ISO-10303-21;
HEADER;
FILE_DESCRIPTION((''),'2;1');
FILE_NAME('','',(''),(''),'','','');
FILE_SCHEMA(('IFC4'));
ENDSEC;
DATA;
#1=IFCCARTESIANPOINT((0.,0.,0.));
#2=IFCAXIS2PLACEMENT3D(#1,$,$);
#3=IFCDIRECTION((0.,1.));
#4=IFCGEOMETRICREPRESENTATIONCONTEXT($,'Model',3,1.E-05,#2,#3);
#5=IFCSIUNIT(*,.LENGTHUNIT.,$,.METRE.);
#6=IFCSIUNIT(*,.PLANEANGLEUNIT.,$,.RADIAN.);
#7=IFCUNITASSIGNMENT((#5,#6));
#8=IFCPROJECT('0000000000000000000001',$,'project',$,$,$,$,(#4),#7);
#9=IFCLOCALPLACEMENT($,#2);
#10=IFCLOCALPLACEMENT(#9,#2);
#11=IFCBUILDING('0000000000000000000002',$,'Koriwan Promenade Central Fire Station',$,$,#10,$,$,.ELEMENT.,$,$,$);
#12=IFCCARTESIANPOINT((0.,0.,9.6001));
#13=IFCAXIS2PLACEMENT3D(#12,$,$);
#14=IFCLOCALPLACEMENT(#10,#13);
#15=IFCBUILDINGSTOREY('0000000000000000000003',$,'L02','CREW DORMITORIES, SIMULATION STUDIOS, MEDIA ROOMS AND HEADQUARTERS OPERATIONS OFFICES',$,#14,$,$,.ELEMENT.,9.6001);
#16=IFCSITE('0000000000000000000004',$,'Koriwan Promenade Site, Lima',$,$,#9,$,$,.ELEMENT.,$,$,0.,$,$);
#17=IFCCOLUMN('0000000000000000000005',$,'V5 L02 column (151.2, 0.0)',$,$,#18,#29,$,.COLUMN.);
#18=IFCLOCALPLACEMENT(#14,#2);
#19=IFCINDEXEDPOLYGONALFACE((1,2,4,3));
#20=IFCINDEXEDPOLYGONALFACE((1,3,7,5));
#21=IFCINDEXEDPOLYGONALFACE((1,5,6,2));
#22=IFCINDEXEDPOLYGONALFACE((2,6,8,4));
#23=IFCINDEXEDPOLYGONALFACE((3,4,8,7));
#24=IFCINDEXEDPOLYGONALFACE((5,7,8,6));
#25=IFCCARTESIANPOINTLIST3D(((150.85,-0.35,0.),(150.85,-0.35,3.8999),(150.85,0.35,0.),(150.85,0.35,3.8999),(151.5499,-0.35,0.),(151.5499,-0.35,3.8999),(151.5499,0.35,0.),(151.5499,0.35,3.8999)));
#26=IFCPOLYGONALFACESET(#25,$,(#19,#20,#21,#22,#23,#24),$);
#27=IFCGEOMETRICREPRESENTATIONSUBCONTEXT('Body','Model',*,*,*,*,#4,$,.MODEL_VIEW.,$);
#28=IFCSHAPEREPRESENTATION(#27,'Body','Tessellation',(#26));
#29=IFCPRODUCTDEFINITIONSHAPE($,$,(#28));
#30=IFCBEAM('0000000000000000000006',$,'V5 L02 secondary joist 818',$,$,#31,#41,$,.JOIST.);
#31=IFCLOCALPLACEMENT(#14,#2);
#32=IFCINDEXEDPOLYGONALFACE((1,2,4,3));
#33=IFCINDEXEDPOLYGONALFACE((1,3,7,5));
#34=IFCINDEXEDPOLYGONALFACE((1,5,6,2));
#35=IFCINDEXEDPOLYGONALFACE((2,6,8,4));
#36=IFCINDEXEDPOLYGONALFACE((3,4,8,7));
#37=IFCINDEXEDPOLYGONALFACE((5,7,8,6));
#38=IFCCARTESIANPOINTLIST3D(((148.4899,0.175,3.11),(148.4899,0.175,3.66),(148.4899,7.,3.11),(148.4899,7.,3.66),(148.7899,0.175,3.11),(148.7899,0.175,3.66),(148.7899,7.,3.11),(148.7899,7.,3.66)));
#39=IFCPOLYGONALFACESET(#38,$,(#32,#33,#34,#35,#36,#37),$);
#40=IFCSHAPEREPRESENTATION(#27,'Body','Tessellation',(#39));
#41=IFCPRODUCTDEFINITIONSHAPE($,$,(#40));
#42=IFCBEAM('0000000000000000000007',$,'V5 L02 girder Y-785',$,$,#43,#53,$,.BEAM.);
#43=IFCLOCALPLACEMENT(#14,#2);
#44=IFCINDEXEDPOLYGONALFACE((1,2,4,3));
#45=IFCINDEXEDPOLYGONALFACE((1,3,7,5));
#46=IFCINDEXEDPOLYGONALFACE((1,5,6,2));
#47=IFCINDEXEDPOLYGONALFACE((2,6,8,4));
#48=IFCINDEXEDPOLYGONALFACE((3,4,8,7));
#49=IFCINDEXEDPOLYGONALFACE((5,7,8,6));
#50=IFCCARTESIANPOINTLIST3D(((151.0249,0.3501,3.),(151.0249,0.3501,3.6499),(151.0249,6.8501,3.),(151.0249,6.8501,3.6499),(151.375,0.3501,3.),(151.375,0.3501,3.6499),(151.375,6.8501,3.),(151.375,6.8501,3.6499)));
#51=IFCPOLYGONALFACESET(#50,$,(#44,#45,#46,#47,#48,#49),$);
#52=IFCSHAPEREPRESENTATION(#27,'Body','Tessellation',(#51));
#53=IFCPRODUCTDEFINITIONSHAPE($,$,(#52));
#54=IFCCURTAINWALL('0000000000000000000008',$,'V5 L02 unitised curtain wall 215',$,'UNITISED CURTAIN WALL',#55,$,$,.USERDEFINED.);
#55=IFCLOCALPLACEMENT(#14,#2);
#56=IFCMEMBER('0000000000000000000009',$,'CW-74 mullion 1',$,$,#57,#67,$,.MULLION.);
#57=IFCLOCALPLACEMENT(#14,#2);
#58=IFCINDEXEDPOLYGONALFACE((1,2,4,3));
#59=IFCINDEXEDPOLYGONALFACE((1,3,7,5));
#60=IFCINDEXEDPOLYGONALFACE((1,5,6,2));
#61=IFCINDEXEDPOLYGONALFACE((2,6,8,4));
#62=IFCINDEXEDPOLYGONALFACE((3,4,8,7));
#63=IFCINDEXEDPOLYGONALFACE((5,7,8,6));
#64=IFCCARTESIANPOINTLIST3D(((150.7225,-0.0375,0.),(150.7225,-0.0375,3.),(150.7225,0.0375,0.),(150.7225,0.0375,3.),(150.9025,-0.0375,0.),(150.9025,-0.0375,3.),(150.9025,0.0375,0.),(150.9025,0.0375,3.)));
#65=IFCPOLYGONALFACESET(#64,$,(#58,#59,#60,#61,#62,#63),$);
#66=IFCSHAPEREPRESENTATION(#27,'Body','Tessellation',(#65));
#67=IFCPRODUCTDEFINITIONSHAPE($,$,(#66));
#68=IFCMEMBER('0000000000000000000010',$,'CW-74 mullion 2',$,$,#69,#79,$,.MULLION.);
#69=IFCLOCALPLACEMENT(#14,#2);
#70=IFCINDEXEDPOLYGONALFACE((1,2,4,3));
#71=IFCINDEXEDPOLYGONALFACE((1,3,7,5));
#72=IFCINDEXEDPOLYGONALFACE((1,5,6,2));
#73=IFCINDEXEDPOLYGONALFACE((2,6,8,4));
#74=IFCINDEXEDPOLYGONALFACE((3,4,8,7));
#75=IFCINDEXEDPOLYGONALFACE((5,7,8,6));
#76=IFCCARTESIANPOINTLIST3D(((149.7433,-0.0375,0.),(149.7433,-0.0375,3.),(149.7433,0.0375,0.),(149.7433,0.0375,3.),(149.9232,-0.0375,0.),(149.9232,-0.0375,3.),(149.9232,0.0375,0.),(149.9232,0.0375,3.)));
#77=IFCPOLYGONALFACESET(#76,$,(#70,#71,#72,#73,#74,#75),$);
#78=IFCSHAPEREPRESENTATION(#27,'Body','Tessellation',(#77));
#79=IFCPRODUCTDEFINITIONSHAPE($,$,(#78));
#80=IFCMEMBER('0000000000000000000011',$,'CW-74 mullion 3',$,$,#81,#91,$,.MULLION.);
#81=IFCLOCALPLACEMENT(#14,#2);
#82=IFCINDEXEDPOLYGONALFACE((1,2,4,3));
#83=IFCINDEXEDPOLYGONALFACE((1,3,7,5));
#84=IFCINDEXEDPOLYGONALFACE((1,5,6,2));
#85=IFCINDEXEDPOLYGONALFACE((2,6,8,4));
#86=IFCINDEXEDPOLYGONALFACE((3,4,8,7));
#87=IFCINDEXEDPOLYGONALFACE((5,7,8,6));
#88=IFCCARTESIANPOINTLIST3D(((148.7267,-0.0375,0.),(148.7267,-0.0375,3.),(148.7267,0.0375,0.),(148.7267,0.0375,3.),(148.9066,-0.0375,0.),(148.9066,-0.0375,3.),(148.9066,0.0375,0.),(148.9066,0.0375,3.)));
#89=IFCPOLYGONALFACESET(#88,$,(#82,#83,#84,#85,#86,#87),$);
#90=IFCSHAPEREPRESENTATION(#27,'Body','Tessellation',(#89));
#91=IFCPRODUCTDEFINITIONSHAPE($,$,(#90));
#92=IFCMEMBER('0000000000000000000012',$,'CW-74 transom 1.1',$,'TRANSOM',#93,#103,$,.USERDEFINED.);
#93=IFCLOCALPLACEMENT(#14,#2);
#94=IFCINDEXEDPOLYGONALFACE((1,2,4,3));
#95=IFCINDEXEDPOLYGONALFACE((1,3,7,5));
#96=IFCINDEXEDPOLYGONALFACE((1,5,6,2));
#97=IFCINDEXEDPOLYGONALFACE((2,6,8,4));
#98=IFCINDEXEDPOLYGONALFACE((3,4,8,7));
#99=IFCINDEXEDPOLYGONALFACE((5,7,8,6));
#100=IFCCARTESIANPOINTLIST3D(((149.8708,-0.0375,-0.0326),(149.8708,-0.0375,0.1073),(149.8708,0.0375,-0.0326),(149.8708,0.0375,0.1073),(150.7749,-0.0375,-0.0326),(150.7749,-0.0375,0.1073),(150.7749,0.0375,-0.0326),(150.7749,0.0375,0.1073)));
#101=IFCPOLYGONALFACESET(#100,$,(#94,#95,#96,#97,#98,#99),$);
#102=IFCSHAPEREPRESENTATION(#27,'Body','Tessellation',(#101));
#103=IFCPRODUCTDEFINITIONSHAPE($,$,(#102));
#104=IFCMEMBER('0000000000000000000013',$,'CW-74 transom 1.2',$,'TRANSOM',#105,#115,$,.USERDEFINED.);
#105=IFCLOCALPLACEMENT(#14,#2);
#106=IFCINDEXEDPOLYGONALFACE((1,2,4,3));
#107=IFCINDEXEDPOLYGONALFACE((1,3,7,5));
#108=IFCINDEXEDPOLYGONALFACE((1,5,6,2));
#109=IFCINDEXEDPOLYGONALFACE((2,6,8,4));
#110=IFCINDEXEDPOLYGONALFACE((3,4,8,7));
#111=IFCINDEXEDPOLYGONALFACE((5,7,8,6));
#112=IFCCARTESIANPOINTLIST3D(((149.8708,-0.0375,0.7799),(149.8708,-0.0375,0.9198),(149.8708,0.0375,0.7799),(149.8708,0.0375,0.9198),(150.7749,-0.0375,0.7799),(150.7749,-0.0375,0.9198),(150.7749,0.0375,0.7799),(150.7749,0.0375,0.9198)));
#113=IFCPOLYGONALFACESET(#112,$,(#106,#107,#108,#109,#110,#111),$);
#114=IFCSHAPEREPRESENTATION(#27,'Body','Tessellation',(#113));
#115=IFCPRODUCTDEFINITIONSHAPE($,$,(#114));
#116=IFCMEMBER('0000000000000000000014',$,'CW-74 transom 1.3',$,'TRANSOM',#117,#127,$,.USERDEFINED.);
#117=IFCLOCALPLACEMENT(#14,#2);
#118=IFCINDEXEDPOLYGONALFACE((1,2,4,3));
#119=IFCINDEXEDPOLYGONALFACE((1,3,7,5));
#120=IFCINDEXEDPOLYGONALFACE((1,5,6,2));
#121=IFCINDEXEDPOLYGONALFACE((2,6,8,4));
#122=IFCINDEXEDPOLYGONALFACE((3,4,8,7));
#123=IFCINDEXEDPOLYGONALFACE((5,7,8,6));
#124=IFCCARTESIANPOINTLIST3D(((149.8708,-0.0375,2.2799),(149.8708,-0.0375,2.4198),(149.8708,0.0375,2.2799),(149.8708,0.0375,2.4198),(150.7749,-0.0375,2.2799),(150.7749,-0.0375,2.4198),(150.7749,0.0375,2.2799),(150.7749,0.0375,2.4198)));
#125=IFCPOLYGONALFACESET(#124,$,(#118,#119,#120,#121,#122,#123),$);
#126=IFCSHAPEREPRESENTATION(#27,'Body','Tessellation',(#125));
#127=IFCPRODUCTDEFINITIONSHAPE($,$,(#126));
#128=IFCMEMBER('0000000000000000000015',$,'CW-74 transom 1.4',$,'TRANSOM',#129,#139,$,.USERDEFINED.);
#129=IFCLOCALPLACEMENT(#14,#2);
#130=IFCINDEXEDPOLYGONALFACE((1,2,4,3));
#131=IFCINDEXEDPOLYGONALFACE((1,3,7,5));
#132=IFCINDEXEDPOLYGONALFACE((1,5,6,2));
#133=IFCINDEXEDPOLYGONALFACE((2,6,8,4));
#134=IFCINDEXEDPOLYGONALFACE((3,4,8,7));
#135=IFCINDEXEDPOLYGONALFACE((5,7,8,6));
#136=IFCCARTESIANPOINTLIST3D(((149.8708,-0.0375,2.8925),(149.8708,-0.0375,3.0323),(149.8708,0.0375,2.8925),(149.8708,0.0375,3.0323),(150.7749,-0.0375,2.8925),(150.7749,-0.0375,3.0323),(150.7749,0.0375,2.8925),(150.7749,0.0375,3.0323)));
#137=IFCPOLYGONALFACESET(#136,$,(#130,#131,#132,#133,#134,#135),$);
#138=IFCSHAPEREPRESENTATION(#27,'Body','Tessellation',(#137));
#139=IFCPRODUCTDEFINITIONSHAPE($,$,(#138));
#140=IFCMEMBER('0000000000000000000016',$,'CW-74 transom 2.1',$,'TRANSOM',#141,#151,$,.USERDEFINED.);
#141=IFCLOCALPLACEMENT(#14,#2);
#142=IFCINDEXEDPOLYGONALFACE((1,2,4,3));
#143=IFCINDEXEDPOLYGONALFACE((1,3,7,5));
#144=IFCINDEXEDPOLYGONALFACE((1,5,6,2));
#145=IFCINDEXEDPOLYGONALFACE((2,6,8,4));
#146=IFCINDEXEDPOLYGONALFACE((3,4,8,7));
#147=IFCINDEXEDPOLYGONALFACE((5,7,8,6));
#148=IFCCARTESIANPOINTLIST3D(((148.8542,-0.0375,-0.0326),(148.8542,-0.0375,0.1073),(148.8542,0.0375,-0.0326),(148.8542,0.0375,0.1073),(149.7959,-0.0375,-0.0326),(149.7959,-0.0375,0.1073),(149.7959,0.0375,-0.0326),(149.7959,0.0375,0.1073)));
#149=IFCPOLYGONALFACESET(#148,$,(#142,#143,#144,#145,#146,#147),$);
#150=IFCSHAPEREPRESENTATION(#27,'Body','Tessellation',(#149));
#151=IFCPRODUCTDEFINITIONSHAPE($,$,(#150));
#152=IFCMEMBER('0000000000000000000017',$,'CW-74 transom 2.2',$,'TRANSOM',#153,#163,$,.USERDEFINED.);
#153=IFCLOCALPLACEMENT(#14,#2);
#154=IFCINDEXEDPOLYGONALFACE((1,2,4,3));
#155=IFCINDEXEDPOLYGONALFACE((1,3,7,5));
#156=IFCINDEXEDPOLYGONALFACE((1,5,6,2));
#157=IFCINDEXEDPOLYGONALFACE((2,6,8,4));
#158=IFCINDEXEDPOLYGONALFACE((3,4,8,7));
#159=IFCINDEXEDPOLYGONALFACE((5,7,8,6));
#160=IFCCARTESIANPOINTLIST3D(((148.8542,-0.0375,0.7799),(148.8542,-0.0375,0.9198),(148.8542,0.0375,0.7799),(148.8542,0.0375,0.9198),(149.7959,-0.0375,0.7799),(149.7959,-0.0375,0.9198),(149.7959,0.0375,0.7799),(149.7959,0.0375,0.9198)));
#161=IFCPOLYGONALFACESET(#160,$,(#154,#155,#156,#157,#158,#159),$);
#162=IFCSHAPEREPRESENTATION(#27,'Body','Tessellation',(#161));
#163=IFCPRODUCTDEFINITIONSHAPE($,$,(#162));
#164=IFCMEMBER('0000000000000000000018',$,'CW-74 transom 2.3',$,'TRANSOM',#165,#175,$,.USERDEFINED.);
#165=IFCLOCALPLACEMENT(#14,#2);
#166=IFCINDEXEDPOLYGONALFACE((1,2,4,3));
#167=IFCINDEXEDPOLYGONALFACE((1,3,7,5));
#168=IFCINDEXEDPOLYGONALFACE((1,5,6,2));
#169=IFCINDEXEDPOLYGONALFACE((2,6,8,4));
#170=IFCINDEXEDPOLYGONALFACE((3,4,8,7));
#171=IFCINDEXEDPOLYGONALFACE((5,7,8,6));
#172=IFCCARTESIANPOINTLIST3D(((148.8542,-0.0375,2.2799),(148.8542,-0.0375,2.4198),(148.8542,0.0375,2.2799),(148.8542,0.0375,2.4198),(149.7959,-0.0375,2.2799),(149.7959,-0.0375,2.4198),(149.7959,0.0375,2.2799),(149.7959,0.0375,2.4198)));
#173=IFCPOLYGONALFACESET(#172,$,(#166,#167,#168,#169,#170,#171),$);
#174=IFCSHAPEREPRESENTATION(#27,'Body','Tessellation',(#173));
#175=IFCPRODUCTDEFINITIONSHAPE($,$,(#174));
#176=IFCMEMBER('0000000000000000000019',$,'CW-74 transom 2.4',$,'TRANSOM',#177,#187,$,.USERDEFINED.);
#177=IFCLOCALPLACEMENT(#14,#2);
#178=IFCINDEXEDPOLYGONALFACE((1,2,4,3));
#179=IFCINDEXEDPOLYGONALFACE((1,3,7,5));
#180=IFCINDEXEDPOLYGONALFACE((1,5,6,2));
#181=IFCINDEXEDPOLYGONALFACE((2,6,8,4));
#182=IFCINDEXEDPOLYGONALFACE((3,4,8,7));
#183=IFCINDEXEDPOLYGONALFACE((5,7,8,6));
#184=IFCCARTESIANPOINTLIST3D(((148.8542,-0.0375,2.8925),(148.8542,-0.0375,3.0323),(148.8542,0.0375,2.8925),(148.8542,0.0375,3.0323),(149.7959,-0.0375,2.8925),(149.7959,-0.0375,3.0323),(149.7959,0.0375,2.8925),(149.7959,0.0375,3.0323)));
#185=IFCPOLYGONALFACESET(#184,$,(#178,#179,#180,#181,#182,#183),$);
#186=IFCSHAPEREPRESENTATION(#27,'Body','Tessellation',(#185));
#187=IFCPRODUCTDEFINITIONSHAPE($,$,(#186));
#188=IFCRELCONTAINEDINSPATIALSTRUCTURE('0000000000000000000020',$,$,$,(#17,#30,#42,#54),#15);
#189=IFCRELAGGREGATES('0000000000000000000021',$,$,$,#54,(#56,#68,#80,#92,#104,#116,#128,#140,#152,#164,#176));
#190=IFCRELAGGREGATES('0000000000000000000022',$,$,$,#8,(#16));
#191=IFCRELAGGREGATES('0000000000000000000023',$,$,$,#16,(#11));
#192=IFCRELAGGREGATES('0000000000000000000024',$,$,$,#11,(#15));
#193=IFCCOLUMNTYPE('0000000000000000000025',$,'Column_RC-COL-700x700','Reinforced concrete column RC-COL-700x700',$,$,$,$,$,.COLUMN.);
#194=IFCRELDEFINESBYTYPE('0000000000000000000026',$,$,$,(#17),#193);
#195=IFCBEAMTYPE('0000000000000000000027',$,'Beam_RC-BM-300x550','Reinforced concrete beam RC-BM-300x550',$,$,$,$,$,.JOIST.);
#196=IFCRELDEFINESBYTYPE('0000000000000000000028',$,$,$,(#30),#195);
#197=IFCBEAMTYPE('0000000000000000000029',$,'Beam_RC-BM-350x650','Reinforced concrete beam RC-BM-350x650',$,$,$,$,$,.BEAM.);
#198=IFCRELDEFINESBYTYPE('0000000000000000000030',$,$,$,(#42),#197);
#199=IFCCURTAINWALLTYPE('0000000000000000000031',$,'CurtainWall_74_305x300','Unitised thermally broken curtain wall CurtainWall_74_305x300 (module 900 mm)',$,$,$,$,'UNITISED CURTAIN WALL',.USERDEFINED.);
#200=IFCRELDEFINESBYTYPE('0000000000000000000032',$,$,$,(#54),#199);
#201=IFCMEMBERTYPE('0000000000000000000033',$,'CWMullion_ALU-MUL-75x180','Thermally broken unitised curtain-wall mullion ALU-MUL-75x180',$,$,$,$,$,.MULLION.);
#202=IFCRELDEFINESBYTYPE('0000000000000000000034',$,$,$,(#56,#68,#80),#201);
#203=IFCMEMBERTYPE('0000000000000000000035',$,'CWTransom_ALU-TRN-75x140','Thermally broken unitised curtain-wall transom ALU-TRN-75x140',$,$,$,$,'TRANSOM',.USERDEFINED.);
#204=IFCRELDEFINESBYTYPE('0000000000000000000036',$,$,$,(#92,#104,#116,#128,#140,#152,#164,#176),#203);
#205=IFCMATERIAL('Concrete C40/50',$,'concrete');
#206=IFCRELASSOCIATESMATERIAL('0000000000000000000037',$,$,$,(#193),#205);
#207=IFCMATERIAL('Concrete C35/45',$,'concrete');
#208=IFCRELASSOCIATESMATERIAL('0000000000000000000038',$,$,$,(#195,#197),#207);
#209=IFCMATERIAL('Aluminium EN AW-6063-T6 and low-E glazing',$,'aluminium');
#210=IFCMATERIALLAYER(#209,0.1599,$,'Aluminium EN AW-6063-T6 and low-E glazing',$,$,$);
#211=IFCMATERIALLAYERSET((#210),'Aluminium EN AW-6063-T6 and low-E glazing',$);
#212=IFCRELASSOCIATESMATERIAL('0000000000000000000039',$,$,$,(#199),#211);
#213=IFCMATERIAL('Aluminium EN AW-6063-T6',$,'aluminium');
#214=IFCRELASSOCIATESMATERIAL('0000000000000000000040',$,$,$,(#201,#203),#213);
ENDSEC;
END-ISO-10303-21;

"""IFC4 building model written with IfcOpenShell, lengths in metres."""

from ifc_helpers import new_model, si_unit, direction, frame, origin, origin_2d, place, context, subcontext, project, spatial, rectangle, extrude, material, layer, layer_set, material_profile, profile_set, type_object, element, aggregate, save


model = new_model("IFC4")

# Units and contexts
model_context = context("Model", 3, precision=1e-05, world=origin(), true_north=direction((0.0, 1.0)))
body_context = subcontext(model_context, "Body", "Model", "MODEL_VIEW")
ifc_project = project(units=[si_unit("LENGTHUNIT", "METRE"), si_unit("PLANEANGLEUNIT", "RADIAN")], contexts=[model_context])

# Site, building, storey
site_placement = place(None, origin())
site = spatial("IfcSite", under=ifc_project, at=site_placement, Name="Koriwan Promenade Site, Lima", CompositionType="ELEMENT", RefElevation=0.0)
building_placement = place(site_placement, origin())
building = spatial("IfcBuilding", under=site, at=building_placement, Name="Koriwan Promenade Central Fire Station", CompositionType="ELEMENT")
storey_placement = place(building_placement, frame((0.0, 0.0, 9.6001)))
storey = spatial("IfcBuildingStorey", under=building, at=storey_placement, Name="L02", Description="CREW DORMITORIES, SIMULATION STUDIOS, MEDIA ROOMS AND HEADQUARTERS OPERATIONS OFFICES", CompositionType="ELEMENT", Elevation=9.6001)

# Column
ifc_material_1 = material(Name="Concrete C40/50", Category="concrete")
ifc_material_profile_1 = material_profile(ifc_material_1, rectangle(XDim=0.7, YDim=0.7, at=origin_2d()), Name="RC-COL-700x700")
ifc_profile_set_1 = profile_set([ifc_material_profile_1], Name="Concrete C40/50")
column_type = type_object("IfcColumnType", Name="Column_RC-COL-700x700", Description="Reinforced concrete column RC-COL-700x700", PredefinedType="COLUMN", material=ifc_profile_set_1)
column_placement = place(storey_placement, frame((151.2, 0.0, 0.0), z_axis=(0.0, 0.0, 1.0), x_axis=(1.0, 0.0, 0.0)))
element("IfcColumn", 1, at=column_placement, inside=storey, type_object=column_type, Name="V5 L02 column (151.2, 0.0)", PredefinedType="COLUMN", context=body_context, shape_type="SweptSolid", body=[
    extrude(rectangle(XDim=0.7, YDim=0.7, at=origin_2d()), origin(), (0.0, 0.0, 1.0), 3.8999),
])

# Beams
ifc_material_2 = material(Name="Concrete C35/45", Category="concrete")
ifc_material_profile_2 = material_profile(ifc_material_2, rectangle(XDim=0.3, YDim=0.55, at=origin_2d()), Name="RC-BM-300x550")
ifc_profile_set_2 = profile_set([ifc_material_profile_2], Name="Concrete C35/45")
beam_type_1 = type_object("IfcBeamType", Name="Beam_RC-BM-300x550", Description="Reinforced concrete beam RC-BM-300x550", PredefinedType="JOIST", material=ifc_profile_set_2)
beam_1_placement = place(storey_placement, frame((148.6399, 0.175, 3.385), z_axis=(0.0, 1.0, 0.0), x_axis=(-1.0, 0.0, 0.0)))
element("IfcBeam", 2, at=beam_1_placement, inside=storey, type_object=beam_type_1, Name="V5 L02 secondary joist 818", PredefinedType="JOIST", context=body_context, shape_type="SweptSolid", body=[
    extrude(rectangle(XDim=0.3, YDim=0.55, at=origin_2d()), origin(), (0.0, 0.0, 1.0), 6.825),
])
ifc_material_profile_3 = material_profile(ifc_material_2, rectangle(XDim=0.3501, YDim=0.6499, at=origin_2d()), Name="RC-BM-350x650")
ifc_profile_set_3 = profile_set([ifc_material_profile_3], Name="Concrete C35/45")
beam_type_2 = type_object("IfcBeamType", Name="Beam_RC-BM-350x650", Description="Reinforced concrete beam RC-BM-350x650", PredefinedType="BEAM", material=ifc_profile_set_3)
beam_2_placement = place(storey_placement, frame((151.2, 0.3501, 3.325), z_axis=(0.0, 1.0, 0.0), x_axis=(-1.0, 0.0, 0.0)))
element("IfcBeam", 3, at=beam_2_placement, inside=storey, type_object=beam_type_2, Name="V5 L02 girder Y-785", PredefinedType="BEAM", context=body_context, shape_type="SweptSolid", body=[
    extrude(rectangle(XDim=0.3501, YDim=0.6499, at=origin_2d()), origin(), (0.0, 0.0, 1.0), 6.5),
])

# Curtain wall, members
ifc_material_3 = material(Name="Aluminium EN AW-6063-T6 and low-E glazing", Category="aluminium")
ifc_layer_1 = layer(ifc_material_3, 0.1599, Name="Aluminium EN AW-6063-T6 and low-E glazing")
ifc_layer_set_1 = layer_set([ifc_layer_1], Name="Aluminium EN AW-6063-T6 and low-E glazing")
curtain_wall_type = type_object("IfcCurtainWallType", Name="CurtainWall_74_305x300", Description="Unitised thermally broken curtain wall CurtainWall_74_305x300 (module 900 mm)", ElementType="UNITISED CURTAIN WALL", PredefinedType="USERDEFINED", material=ifc_layer_set_1)
curtain_wall_placement = place(storey_placement, origin())
curtain_wall = element("IfcCurtainWall", 4, at=curtain_wall_placement, inside=storey, type_object=curtain_wall_type, Name="V5 L02 unitised curtain wall 215", ObjectType="UNITISED CURTAIN WALL", PredefinedType="USERDEFINED")
ifc_material_4 = material(Name="Aluminium EN AW-6063-T6", Category="aluminium")
ifc_material_profile_4 = material_profile(ifc_material_4, rectangle(XDim=0.075, YDim=0.1799, at=origin_2d()), Name="ALU-MUL-75x180")
ifc_profile_set_4 = profile_set([ifc_material_profile_4], Name="Aluminium EN AW-6063-T6")
member_type_1 = type_object("IfcMemberType", Name="CWMullion_ALU-MUL-75x180", Description="Thermally broken unitised curtain-wall mullion ALU-MUL-75x180", PredefinedType="MULLION", material=ifc_profile_set_4)
member_1_placement = place(storey_placement, frame((150.8125, 0.0, 0.0), z_axis=(0.0, 0.0, 1.0), x_axis=(0.0, -1.0, 0.0)))
member_1 = element("IfcMember", 5, at=member_1_placement, type_object=member_type_1, Name="CW-74 mullion 1", PredefinedType="MULLION", context=body_context, shape_type="SweptSolid", body=[
    extrude(rectangle(XDim=0.075, YDim=0.1799, at=origin_2d()), origin(), (0.0, 0.0, 1.0), 3.0),
])
member_2_placement = place(storey_placement, frame((149.8333, 0.0, 0.0), z_axis=(0.0, 0.0, 1.0), x_axis=(0.0, -1.0, 0.0)))
member_2 = element("IfcMember", 6, at=member_2_placement, type_object=member_type_1, Name="CW-74 mullion 2", PredefinedType="MULLION", context=body_context, shape_type="SweptSolid", body=[
    extrude(rectangle(XDim=0.075, YDim=0.1799, at=origin_2d()), origin(), (0.0, 0.0, 1.0), 3.0),
])
member_3_placement = place(storey_placement, frame((148.8167, 0.0, 0.0), z_axis=(0.0, 0.0, 1.0), x_axis=(0.0, -1.0, 0.0)))
member_3 = element("IfcMember", 7, at=member_3_placement, type_object=member_type_1, Name="CW-74 mullion 3", PredefinedType="MULLION", context=body_context, shape_type="SweptSolid", body=[
    extrude(rectangle(XDim=0.075, YDim=0.1799, at=origin_2d()), origin(), (0.0, 0.0, 1.0), 3.0),
])
ifc_material_profile_5 = material_profile(ifc_material_4, rectangle(XDim=0.075, YDim=0.1399, at=origin_2d()), Name="ALU-TRN-75x140")
ifc_profile_set_5 = profile_set([ifc_material_profile_5], Name="Aluminium EN AW-6063-T6")
member_type_2 = type_object("IfcMemberType", Name="CWTransom_ALU-TRN-75x140", Description="Thermally broken unitised curtain-wall transom ALU-TRN-75x140", ElementType="TRANSOM", PredefinedType="USERDEFINED", material=ifc_profile_set_5)
member_4_placement = place(storey_placement, frame((150.7749, 0.0, 0.0374), z_axis=(-1.0, 0.0, 0.0), x_axis=(0.0, -1.0, 0.0)))
member_4 = element("IfcMember", 8, at=member_4_placement, type_object=member_type_2, Name="CW-74 transom 1.1", ObjectType="TRANSOM", PredefinedType="USERDEFINED", context=body_context, shape_type="SweptSolid", body=[
    extrude(rectangle(XDim=0.075, YDim=0.1399, at=origin_2d()), origin(), (0.0, 0.0, 1.0), 0.9041),
])
member_5_placement = place(storey_placement, frame((150.7749, 0.0, 0.8499), z_axis=(-1.0, 0.0, 0.0), x_axis=(0.0, -1.0, 0.0)))
member_5 = element("IfcMember", 9, at=member_5_placement, type_object=member_type_2, Name="CW-74 transom 1.2", ObjectType="TRANSOM", PredefinedType="USERDEFINED", context=body_context, shape_type="SweptSolid", body=[
    extrude(rectangle(XDim=0.075, YDim=0.1399, at=origin_2d()), origin(), (0.0, 0.0, 1.0), 0.9041),
])
member_6_placement = place(storey_placement, frame((150.7749, 0.0, 2.3499), z_axis=(-1.0, 0.0, 0.0), x_axis=(0.0, -1.0, 0.0)))
member_6 = element("IfcMember", 10, at=member_6_placement, type_object=member_type_2, Name="CW-74 transom 1.3", ObjectType="TRANSOM", PredefinedType="USERDEFINED", context=body_context, shape_type="SweptSolid", body=[
    extrude(rectangle(XDim=0.075, YDim=0.1399, at=origin_2d()), origin(), (0.0, 0.0, 1.0), 0.9041),
])
member_7_placement = place(storey_placement, frame((150.7749, 0.0, 2.9624), z_axis=(-1.0, 0.0, 0.0), x_axis=(0.0, -1.0, 0.0)))
member_7 = element("IfcMember", 11, at=member_7_placement, type_object=member_type_2, Name="CW-74 transom 1.4", ObjectType="TRANSOM", PredefinedType="USERDEFINED", context=body_context, shape_type="SweptSolid", body=[
    extrude(rectangle(XDim=0.075, YDim=0.1399, at=origin_2d()), origin(), (0.0, 0.0, 1.0), 0.9041),
])
member_8_placement = place(storey_placement, frame((149.7959, 0.0, 0.0374), z_axis=(-1.0, 0.0, 0.0), x_axis=(0.0, -1.0, 0.0)))
member_8 = element("IfcMember", 12, at=member_8_placement, type_object=member_type_2, Name="CW-74 transom 2.1", ObjectType="TRANSOM", PredefinedType="USERDEFINED", context=body_context, shape_type="SweptSolid", body=[
    extrude(rectangle(XDim=0.075, YDim=0.1399, at=origin_2d()), origin(), (0.0, 0.0, 1.0), 0.9417),
])
member_9_placement = place(storey_placement, frame((149.7959, 0.0, 0.8499), z_axis=(-1.0, 0.0, 0.0), x_axis=(0.0, -1.0, 0.0)))
member_9 = element("IfcMember", 13, at=member_9_placement, type_object=member_type_2, Name="CW-74 transom 2.2", ObjectType="TRANSOM", PredefinedType="USERDEFINED", context=body_context, shape_type="SweptSolid", body=[
    extrude(rectangle(XDim=0.075, YDim=0.1399, at=origin_2d()), origin(), (0.0, 0.0, 1.0), 0.9417),
])
member_10_placement = place(storey_placement, frame((149.7959, 0.0, 2.3499), z_axis=(-1.0, 0.0, 0.0), x_axis=(0.0, -1.0, 0.0)))
member_10 = element("IfcMember", 14, at=member_10_placement, type_object=member_type_2, Name="CW-74 transom 2.3", ObjectType="TRANSOM", PredefinedType="USERDEFINED", context=body_context, shape_type="SweptSolid", body=[
    extrude(rectangle(XDim=0.075, YDim=0.1399, at=origin_2d()), origin(), (0.0, 0.0, 1.0), 0.9417),
])
member_11_placement = place(storey_placement, frame((149.7959, 0.0, 2.9624), z_axis=(-1.0, 0.0, 0.0), x_axis=(0.0, -1.0, 0.0)))
member_11 = element("IfcMember", 15, at=member_11_placement, type_object=member_type_2, Name="CW-74 transom 2.4", ObjectType="TRANSOM", PredefinedType="USERDEFINED", context=body_context, shape_type="SweptSolid", body=[
    extrude(rectangle(XDim=0.075, YDim=0.1399, at=origin_2d()), origin(), (0.0, 0.0, 1.0), 0.9417),
])

aggregate(curtain_wall, [member_1, member_2, member_3, member_4, member_5, member_6, member_7, member_8, member_9, member_10, member_11])

save(model, "model.ifc")
